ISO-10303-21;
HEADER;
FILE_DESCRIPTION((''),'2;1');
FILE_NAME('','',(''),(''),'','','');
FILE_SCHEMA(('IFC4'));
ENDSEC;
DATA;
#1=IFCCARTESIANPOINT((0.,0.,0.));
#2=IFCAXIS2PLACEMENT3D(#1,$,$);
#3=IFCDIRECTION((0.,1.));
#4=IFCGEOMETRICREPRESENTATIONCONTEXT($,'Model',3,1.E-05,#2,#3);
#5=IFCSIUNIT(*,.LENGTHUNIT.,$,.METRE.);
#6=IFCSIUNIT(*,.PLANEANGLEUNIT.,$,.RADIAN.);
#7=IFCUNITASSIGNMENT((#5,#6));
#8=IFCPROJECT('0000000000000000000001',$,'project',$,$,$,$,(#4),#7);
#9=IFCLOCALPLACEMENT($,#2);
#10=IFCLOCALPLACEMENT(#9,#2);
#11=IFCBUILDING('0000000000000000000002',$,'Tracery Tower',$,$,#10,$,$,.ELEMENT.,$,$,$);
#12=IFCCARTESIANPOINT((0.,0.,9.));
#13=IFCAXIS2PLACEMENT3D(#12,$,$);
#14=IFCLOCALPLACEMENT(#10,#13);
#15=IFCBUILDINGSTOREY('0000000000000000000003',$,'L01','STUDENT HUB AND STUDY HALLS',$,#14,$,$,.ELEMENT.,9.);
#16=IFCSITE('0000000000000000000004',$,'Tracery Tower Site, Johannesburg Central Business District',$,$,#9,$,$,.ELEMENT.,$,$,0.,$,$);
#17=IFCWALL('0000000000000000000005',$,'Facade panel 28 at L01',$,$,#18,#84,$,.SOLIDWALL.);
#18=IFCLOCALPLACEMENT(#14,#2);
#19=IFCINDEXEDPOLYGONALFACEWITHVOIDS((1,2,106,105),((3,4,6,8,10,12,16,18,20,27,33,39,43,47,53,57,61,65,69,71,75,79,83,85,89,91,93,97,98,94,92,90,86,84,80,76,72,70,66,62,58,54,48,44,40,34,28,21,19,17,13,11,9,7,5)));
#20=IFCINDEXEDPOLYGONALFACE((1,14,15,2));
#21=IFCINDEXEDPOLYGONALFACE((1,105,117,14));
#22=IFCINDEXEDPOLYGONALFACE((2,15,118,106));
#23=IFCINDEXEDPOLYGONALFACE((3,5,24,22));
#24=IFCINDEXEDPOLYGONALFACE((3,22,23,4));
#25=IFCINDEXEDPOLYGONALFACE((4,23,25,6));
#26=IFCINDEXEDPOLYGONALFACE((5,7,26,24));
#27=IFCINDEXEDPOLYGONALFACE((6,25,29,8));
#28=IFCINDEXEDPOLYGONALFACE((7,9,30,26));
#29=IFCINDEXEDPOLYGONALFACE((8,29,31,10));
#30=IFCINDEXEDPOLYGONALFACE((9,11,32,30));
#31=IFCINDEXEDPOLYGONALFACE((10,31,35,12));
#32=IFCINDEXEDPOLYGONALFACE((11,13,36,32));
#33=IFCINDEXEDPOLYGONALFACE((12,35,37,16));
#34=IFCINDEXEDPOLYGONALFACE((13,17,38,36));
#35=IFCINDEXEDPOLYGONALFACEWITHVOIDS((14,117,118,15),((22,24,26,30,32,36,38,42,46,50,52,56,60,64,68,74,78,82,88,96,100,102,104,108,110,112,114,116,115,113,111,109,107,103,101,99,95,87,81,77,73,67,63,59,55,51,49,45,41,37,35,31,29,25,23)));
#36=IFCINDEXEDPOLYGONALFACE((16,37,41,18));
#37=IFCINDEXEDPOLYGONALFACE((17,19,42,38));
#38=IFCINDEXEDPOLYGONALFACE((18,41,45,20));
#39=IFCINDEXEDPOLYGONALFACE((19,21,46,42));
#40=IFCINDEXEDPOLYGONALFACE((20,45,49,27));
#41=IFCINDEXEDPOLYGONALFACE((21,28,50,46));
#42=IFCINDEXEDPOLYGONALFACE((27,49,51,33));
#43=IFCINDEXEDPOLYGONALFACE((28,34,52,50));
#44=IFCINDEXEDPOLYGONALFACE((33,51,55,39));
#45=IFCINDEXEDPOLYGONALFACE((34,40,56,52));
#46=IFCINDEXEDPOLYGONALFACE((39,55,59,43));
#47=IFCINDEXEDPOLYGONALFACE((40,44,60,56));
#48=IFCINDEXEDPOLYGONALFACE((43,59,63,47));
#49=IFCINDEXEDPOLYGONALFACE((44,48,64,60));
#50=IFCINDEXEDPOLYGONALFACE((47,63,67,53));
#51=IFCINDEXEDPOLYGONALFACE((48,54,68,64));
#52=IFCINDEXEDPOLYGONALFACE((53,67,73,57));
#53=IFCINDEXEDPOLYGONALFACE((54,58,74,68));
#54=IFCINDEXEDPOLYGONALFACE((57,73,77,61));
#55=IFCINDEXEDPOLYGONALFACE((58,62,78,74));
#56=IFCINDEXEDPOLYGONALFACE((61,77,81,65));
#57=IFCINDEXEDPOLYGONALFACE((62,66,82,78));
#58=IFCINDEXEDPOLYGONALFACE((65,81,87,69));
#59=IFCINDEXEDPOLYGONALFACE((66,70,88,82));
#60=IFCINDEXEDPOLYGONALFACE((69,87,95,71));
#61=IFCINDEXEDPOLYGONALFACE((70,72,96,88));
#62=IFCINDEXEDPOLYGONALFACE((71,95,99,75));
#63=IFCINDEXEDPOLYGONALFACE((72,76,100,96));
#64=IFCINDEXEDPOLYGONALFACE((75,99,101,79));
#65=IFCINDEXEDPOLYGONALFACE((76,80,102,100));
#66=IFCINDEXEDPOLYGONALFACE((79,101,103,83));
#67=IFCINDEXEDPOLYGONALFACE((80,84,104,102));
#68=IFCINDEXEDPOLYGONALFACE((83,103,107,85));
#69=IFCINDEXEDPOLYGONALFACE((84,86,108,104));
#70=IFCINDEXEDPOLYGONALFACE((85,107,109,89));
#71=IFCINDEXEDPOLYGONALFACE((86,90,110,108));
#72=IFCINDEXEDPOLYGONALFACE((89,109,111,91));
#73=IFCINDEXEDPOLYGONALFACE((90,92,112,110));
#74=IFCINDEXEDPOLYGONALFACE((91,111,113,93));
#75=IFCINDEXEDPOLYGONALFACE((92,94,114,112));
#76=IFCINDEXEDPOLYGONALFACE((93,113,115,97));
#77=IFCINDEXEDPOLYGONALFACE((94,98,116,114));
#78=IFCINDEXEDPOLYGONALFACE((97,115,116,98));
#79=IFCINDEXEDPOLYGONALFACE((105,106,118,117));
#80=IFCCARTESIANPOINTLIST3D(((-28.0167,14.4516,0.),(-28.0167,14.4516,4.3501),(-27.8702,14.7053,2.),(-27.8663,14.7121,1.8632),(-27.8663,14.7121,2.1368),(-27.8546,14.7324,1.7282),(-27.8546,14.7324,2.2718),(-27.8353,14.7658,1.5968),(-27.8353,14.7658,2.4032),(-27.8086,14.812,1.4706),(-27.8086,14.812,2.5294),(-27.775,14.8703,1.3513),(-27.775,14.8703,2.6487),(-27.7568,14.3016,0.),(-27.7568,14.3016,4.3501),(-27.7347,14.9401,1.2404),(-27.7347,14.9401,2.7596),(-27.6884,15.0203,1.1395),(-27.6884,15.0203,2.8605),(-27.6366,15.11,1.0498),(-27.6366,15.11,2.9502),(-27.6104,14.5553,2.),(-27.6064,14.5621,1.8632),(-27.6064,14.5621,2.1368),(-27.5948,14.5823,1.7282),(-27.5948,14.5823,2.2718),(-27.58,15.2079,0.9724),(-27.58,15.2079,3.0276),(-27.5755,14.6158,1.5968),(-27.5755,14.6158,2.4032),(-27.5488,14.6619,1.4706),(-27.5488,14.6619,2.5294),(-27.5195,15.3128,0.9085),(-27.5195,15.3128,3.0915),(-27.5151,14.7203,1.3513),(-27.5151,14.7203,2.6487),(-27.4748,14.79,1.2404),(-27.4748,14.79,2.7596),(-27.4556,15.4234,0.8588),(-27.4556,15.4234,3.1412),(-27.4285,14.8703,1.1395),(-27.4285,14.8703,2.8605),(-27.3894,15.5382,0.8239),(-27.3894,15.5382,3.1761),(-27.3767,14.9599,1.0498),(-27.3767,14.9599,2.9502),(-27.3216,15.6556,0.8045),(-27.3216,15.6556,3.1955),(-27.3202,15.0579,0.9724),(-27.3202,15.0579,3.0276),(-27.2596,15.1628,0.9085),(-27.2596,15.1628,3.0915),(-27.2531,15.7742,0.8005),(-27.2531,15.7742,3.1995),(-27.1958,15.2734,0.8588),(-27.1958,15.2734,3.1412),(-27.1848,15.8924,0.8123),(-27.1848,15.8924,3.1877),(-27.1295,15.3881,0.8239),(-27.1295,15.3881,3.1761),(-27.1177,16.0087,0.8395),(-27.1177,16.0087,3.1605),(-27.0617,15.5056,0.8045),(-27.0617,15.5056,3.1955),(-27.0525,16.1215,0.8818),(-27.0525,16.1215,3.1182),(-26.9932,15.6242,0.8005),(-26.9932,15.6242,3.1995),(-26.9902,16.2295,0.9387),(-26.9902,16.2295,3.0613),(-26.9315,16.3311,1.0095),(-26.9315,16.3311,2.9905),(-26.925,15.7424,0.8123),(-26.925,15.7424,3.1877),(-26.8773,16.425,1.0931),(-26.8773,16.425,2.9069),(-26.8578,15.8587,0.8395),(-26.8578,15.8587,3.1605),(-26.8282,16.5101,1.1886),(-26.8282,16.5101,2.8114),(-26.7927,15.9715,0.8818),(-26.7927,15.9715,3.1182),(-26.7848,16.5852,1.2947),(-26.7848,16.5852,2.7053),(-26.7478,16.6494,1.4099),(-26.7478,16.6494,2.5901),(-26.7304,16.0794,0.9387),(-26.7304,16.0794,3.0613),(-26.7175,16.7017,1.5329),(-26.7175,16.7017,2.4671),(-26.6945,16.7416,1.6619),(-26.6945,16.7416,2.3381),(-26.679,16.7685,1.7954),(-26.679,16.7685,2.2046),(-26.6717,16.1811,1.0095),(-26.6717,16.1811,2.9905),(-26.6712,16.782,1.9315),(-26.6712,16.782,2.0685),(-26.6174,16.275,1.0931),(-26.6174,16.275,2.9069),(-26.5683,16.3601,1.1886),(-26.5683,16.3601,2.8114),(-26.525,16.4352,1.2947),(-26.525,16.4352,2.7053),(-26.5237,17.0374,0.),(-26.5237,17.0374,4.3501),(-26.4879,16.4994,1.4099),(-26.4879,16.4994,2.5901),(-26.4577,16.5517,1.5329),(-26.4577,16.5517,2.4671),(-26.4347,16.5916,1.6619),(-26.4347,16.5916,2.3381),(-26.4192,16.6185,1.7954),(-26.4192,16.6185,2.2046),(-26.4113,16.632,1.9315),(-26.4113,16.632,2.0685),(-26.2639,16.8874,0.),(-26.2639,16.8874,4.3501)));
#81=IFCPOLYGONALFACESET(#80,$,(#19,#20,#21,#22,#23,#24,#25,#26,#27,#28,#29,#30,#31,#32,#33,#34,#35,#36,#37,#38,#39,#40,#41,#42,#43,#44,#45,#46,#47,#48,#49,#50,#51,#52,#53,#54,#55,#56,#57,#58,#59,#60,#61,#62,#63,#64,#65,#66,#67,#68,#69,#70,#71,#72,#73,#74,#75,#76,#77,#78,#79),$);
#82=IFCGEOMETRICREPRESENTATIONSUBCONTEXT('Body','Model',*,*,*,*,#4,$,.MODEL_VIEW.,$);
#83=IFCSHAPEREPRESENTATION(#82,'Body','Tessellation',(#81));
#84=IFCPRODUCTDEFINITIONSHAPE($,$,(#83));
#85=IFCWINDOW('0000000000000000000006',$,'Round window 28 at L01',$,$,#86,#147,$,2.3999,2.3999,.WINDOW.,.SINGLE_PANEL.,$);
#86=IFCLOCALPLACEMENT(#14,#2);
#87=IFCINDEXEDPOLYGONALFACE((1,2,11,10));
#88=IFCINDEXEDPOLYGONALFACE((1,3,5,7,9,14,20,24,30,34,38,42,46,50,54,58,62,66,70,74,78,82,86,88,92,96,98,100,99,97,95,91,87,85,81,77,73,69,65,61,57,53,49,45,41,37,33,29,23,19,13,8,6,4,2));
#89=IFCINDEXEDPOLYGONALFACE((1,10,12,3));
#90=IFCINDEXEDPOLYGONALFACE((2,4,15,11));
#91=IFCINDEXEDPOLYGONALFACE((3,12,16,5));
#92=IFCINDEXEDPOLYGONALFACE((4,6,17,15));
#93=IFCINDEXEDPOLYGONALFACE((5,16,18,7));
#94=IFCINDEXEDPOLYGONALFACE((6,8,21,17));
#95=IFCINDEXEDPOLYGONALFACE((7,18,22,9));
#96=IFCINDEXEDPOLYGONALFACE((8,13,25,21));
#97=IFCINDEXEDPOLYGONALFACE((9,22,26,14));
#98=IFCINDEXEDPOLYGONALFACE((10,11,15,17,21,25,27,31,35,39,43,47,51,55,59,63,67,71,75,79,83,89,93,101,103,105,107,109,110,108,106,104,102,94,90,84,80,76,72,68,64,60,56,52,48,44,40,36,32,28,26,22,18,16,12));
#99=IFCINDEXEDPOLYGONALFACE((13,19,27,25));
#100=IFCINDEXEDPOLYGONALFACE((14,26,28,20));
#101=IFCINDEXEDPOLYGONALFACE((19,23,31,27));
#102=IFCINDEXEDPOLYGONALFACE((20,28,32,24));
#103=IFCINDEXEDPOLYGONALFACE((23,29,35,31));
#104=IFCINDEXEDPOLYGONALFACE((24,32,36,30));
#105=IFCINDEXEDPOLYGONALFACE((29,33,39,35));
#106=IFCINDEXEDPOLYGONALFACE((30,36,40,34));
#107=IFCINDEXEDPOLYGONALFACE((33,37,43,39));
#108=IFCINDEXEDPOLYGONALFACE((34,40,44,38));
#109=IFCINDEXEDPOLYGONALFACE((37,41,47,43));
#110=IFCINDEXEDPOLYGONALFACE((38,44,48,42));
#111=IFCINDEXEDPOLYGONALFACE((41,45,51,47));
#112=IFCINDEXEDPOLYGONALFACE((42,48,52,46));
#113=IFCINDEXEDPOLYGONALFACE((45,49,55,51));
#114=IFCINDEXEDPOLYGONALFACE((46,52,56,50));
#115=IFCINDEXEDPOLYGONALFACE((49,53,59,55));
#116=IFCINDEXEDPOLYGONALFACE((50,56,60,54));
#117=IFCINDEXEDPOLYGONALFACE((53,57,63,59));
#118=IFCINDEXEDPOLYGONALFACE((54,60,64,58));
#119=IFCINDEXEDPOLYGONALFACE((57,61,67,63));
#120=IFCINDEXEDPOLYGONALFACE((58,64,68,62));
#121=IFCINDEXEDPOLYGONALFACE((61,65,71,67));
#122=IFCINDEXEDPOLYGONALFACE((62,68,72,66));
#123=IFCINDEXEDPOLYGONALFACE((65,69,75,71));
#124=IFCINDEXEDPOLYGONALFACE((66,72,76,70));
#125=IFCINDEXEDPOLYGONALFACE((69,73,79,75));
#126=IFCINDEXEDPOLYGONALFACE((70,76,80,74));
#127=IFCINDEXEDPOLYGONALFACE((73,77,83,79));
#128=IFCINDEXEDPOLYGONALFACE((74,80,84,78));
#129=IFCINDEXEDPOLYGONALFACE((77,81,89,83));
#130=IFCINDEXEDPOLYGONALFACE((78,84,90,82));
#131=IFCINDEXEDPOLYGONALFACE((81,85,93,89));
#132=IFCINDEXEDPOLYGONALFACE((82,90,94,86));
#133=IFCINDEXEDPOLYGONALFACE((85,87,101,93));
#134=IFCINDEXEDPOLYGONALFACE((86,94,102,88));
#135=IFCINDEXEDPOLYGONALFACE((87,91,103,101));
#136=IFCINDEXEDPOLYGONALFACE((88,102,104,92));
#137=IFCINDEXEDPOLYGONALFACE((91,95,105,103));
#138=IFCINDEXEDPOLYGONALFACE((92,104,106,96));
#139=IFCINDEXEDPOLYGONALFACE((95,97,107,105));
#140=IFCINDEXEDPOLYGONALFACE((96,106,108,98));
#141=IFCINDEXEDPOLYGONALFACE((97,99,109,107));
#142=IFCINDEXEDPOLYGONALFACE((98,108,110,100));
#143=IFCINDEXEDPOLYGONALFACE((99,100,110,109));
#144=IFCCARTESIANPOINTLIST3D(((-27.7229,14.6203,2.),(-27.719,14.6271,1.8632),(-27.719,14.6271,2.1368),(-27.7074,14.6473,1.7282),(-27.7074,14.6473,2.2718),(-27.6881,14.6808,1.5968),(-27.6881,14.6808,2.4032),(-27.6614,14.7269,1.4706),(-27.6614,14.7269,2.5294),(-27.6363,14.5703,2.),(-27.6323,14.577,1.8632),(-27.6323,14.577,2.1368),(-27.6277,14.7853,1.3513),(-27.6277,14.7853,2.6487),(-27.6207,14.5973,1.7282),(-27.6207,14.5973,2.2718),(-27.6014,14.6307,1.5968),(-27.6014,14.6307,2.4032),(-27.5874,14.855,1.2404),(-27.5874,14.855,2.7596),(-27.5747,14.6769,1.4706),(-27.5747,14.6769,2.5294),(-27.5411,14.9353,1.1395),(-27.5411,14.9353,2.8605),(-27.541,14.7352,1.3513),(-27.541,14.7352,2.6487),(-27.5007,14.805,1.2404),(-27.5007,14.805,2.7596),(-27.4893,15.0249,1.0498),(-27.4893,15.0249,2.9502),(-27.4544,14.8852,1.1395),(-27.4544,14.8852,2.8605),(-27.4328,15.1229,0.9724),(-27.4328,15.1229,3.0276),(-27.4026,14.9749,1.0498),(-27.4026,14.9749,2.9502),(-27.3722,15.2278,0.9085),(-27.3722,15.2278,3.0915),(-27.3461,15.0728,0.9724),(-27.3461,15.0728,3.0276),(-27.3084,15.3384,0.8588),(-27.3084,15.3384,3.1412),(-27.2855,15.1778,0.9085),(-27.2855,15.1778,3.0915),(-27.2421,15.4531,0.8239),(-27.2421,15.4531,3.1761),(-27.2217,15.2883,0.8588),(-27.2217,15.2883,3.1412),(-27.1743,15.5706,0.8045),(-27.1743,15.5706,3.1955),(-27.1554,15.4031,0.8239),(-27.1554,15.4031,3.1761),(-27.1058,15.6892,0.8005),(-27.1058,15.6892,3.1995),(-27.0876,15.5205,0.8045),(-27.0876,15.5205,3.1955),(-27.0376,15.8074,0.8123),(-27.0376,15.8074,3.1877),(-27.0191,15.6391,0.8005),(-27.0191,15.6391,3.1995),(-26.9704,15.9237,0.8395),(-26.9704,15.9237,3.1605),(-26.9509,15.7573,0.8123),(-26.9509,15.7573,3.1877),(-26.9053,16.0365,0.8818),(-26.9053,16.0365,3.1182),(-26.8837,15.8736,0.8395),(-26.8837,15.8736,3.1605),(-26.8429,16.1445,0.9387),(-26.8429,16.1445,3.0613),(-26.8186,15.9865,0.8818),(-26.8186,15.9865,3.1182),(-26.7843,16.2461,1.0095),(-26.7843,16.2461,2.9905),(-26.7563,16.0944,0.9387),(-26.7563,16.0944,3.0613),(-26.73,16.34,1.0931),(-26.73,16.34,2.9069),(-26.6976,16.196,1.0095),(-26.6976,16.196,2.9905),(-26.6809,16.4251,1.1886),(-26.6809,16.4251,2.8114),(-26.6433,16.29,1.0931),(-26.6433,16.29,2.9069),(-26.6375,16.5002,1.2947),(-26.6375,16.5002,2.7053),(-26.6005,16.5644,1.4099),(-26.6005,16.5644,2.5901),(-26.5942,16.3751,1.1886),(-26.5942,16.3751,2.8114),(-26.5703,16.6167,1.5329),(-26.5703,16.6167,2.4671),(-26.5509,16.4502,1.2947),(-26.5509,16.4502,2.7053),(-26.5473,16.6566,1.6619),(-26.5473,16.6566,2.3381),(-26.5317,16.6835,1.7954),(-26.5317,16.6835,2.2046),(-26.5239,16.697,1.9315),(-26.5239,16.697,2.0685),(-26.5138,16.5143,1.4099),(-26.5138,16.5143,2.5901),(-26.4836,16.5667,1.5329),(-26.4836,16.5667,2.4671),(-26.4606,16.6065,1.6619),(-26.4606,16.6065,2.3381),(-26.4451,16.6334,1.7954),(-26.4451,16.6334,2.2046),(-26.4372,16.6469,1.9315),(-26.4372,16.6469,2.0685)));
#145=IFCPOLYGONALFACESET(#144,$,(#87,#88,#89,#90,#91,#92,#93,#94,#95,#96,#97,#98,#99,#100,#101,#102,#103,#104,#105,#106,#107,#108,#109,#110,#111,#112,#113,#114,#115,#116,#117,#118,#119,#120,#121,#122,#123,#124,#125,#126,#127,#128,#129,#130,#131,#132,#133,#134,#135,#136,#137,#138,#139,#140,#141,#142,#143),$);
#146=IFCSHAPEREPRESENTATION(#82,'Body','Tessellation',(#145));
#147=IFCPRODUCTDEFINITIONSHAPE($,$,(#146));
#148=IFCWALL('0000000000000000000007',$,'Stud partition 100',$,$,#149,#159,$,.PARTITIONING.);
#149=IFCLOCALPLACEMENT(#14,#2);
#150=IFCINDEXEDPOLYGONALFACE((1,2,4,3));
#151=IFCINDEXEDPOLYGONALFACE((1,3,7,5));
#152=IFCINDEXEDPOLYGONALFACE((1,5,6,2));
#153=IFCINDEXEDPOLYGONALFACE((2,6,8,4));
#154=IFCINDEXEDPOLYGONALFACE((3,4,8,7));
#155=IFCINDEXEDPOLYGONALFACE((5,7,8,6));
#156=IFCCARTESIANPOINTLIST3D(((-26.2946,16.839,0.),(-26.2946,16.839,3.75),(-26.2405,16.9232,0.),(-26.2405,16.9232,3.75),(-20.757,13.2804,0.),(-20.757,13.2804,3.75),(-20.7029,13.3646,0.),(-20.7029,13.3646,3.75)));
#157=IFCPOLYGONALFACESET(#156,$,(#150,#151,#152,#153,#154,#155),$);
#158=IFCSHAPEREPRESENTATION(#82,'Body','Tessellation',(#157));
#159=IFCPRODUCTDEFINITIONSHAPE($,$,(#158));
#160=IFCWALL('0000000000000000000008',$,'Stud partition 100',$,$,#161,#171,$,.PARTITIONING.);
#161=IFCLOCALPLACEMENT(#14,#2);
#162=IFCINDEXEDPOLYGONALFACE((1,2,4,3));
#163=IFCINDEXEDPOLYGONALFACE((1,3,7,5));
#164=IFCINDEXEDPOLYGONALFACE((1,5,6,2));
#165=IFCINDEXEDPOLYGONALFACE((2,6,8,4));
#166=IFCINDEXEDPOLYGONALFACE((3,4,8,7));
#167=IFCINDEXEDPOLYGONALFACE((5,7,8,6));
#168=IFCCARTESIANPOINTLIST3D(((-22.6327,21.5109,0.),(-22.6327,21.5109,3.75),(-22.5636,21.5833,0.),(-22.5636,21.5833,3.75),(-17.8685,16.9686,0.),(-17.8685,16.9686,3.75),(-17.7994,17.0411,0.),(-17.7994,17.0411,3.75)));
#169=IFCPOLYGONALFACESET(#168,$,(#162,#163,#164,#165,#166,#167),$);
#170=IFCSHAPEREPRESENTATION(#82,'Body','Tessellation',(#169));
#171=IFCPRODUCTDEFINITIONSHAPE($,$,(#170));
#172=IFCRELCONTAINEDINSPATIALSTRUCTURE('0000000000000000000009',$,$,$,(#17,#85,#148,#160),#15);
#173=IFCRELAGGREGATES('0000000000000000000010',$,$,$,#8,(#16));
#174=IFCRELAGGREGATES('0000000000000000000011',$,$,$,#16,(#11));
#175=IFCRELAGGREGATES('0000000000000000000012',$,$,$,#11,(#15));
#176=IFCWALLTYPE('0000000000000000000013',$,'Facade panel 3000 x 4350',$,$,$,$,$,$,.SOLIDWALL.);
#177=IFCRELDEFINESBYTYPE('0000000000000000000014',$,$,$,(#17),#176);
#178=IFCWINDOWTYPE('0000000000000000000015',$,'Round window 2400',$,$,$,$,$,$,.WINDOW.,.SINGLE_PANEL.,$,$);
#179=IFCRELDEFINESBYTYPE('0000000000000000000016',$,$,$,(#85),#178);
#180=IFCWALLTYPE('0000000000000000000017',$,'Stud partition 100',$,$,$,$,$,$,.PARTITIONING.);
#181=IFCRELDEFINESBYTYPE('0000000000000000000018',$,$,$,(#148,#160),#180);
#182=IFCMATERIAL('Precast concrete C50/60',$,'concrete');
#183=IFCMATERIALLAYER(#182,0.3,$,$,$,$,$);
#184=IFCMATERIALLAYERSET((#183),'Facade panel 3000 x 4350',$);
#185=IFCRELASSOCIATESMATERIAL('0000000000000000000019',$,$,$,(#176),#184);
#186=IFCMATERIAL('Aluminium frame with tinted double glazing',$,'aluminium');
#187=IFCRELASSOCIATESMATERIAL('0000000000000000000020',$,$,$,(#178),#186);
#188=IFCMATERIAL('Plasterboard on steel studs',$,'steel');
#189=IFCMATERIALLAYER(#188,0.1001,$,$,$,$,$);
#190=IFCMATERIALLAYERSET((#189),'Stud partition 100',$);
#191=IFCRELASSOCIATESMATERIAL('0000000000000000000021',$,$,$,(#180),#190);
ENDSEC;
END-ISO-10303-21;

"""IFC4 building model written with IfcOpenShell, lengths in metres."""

from ifc_helpers import new_model, si_unit, direction, frame, frame_2d, origin, origin_2d, place, context, subcontext, project, spatial, rectangle, circle, extrude, material, layer, layer_set, type_object, element, fill, save


model = new_model("IFC4")

# Units and contexts
model_context = context("Model", 3, precision=1e-05, world=origin(), true_north=direction((0.0, 1.0)))
body_context = subcontext(model_context, "Body", "Model", "MODEL_VIEW")
ifc_project = project(units=[si_unit("LENGTHUNIT", "METRE"), si_unit("PLANEANGLEUNIT", "RADIAN")], contexts=[model_context])

# Site, building, storey
site_placement = place(None, origin())
site = spatial("IfcSite", under=ifc_project, at=site_placement, Name="Tracery Tower Site, Johannesburg Central Business District", CompositionType="ELEMENT", RefElevation=0.0)
building_placement = place(site_placement, origin())
building = spatial("IfcBuilding", under=site, at=building_placement, Name="Tracery Tower", CompositionType="ELEMENT")
storey_placement = place(building_placement, frame((0.0, 0.0, 9.0)))
storey = spatial("IfcBuildingStorey", under=building, at=storey_placement, Name="L01", Description="STUDENT HUB AND STUDY HALLS", CompositionType="ELEMENT", Elevation=9.0)

# Wall, opening, window
ifc_material_1 = material(Name="Precast concrete C50/60", Category="concrete")
ifc_layer_1 = layer(ifc_material_1, 0.3)
ifc_layer_set_1 = layer_set([ifc_layer_1], Name="Facade panel 3000 x 4350")
wall_type_1 = type_object("IfcWallType", Name="Facade panel 3000 x 4350", PredefinedType="SOLIDWALL", material=ifc_layer_set_1)
ifc_material_2 = material(Name="Aluminium frame with tinted double glazing", Category="aluminium")
window_type = type_object("IfcWindowType", Name="Round window 2400", PartitioningType="SINGLE_PANEL", PredefinedType="WINDOW", material=ifc_material_2)
wall_1_placement = place(storey_placement, frame((-26.3938, 16.9624, 0.0), z_axis=(0.0, 0.0, 1.0), x_axis=(-0.500017, -0.866015, 0.0)))
wall_1 = element("IfcWall", 1, at=wall_1_placement, inside=storey, type_object=wall_type_1, Name="Facade panel 28 at L01", PredefinedType="SOLIDWALL", context=body_context, shape_type="SweptSolid", body=[
    extrude(rectangle(XDim=2.9858, YDim=0.3, at=frame_2d((1.4929, 0.0))), origin(), (0.0, 0.0, 1.0), 4.3501),
])
opening_1_placement = place(wall_1_placement, frame((1.4929, 0.0, 2.0)))
opening_1 = element("IfcOpeningElement", 2, at=opening_1_placement, cuts=wall_1, PredefinedType="OPENING", context=body_context, shape_type="SweptSolid", body=[
    extrude(circle(Radius=1.2, at=origin_2d()), frame((0.0, 0.1599, 0.0), z_axis=(0.0, -1.0, 0.0), x_axis=(1.0, 0.0, 0.0)), (0.0, 0.0, 1.0), 0.3201),
])
window_1_placement = place(opening_1_placement, origin())
window_1 = element("IfcWindow", 3, at=window_1_placement, inside=storey, type_object=window_type, Name="Round window 28 at L01", OverallHeight=2.3999, OverallWidth=2.3999, PartitioningType="SINGLE_PANEL", PredefinedType="WINDOW", context=body_context, shape_type="SweptSolid", body=[
    extrude(circle(Radius=1.2, at=origin_2d()), frame((0.0, 0.1201, 0.0), z_axis=(0.0, -1.0, 0.0), x_axis=(1.0, 0.0, 0.0)), (0.0, 0.0, 1.0), 0.1001),
])
fill(opening_1, window_1)

# Walls
ifc_material_3 = material(Name="Plasterboard on steel studs", Category="steel")
ifc_layer_2 = layer(ifc_material_3, 0.1001)
ifc_layer_set_2 = layer_set([ifc_layer_2], Name="Stud partition 100")
wall_type_2 = type_object("IfcWallType", Name="Stud partition 100", PredefinedType="PARTITIONING", material=ifc_layer_set_2)
for number, where, z_axis, x_axis, name in (
    (4, (-26.2676, 16.8811, 0.0), (0.0, 0.0, 1.0), (0.841268, -0.540619, 0.0), "Stud partition 100"),
    (5, (-22.5981, 21.5471, 0.0), (0.0, 0.0, 1.0), (0.723763, -0.690049, 0.0), "Stud partition 100"),
):
    element("IfcWall", number, at=place(storey_placement, frame(where, z_axis=z_axis, x_axis=x_axis)), inside=storey, type_object=wall_type_2, Name=name, PredefinedType="PARTITIONING", context=body_context, shape_type="SweptSolid", body=[
        extrude(rectangle(XDim=6.5825, YDim=0.1001, at=frame_2d((3.2913, 0.0))), origin(), (0.0, 0.0, 1.0), 3.75),
    ])

save(model, "model.ifc")
